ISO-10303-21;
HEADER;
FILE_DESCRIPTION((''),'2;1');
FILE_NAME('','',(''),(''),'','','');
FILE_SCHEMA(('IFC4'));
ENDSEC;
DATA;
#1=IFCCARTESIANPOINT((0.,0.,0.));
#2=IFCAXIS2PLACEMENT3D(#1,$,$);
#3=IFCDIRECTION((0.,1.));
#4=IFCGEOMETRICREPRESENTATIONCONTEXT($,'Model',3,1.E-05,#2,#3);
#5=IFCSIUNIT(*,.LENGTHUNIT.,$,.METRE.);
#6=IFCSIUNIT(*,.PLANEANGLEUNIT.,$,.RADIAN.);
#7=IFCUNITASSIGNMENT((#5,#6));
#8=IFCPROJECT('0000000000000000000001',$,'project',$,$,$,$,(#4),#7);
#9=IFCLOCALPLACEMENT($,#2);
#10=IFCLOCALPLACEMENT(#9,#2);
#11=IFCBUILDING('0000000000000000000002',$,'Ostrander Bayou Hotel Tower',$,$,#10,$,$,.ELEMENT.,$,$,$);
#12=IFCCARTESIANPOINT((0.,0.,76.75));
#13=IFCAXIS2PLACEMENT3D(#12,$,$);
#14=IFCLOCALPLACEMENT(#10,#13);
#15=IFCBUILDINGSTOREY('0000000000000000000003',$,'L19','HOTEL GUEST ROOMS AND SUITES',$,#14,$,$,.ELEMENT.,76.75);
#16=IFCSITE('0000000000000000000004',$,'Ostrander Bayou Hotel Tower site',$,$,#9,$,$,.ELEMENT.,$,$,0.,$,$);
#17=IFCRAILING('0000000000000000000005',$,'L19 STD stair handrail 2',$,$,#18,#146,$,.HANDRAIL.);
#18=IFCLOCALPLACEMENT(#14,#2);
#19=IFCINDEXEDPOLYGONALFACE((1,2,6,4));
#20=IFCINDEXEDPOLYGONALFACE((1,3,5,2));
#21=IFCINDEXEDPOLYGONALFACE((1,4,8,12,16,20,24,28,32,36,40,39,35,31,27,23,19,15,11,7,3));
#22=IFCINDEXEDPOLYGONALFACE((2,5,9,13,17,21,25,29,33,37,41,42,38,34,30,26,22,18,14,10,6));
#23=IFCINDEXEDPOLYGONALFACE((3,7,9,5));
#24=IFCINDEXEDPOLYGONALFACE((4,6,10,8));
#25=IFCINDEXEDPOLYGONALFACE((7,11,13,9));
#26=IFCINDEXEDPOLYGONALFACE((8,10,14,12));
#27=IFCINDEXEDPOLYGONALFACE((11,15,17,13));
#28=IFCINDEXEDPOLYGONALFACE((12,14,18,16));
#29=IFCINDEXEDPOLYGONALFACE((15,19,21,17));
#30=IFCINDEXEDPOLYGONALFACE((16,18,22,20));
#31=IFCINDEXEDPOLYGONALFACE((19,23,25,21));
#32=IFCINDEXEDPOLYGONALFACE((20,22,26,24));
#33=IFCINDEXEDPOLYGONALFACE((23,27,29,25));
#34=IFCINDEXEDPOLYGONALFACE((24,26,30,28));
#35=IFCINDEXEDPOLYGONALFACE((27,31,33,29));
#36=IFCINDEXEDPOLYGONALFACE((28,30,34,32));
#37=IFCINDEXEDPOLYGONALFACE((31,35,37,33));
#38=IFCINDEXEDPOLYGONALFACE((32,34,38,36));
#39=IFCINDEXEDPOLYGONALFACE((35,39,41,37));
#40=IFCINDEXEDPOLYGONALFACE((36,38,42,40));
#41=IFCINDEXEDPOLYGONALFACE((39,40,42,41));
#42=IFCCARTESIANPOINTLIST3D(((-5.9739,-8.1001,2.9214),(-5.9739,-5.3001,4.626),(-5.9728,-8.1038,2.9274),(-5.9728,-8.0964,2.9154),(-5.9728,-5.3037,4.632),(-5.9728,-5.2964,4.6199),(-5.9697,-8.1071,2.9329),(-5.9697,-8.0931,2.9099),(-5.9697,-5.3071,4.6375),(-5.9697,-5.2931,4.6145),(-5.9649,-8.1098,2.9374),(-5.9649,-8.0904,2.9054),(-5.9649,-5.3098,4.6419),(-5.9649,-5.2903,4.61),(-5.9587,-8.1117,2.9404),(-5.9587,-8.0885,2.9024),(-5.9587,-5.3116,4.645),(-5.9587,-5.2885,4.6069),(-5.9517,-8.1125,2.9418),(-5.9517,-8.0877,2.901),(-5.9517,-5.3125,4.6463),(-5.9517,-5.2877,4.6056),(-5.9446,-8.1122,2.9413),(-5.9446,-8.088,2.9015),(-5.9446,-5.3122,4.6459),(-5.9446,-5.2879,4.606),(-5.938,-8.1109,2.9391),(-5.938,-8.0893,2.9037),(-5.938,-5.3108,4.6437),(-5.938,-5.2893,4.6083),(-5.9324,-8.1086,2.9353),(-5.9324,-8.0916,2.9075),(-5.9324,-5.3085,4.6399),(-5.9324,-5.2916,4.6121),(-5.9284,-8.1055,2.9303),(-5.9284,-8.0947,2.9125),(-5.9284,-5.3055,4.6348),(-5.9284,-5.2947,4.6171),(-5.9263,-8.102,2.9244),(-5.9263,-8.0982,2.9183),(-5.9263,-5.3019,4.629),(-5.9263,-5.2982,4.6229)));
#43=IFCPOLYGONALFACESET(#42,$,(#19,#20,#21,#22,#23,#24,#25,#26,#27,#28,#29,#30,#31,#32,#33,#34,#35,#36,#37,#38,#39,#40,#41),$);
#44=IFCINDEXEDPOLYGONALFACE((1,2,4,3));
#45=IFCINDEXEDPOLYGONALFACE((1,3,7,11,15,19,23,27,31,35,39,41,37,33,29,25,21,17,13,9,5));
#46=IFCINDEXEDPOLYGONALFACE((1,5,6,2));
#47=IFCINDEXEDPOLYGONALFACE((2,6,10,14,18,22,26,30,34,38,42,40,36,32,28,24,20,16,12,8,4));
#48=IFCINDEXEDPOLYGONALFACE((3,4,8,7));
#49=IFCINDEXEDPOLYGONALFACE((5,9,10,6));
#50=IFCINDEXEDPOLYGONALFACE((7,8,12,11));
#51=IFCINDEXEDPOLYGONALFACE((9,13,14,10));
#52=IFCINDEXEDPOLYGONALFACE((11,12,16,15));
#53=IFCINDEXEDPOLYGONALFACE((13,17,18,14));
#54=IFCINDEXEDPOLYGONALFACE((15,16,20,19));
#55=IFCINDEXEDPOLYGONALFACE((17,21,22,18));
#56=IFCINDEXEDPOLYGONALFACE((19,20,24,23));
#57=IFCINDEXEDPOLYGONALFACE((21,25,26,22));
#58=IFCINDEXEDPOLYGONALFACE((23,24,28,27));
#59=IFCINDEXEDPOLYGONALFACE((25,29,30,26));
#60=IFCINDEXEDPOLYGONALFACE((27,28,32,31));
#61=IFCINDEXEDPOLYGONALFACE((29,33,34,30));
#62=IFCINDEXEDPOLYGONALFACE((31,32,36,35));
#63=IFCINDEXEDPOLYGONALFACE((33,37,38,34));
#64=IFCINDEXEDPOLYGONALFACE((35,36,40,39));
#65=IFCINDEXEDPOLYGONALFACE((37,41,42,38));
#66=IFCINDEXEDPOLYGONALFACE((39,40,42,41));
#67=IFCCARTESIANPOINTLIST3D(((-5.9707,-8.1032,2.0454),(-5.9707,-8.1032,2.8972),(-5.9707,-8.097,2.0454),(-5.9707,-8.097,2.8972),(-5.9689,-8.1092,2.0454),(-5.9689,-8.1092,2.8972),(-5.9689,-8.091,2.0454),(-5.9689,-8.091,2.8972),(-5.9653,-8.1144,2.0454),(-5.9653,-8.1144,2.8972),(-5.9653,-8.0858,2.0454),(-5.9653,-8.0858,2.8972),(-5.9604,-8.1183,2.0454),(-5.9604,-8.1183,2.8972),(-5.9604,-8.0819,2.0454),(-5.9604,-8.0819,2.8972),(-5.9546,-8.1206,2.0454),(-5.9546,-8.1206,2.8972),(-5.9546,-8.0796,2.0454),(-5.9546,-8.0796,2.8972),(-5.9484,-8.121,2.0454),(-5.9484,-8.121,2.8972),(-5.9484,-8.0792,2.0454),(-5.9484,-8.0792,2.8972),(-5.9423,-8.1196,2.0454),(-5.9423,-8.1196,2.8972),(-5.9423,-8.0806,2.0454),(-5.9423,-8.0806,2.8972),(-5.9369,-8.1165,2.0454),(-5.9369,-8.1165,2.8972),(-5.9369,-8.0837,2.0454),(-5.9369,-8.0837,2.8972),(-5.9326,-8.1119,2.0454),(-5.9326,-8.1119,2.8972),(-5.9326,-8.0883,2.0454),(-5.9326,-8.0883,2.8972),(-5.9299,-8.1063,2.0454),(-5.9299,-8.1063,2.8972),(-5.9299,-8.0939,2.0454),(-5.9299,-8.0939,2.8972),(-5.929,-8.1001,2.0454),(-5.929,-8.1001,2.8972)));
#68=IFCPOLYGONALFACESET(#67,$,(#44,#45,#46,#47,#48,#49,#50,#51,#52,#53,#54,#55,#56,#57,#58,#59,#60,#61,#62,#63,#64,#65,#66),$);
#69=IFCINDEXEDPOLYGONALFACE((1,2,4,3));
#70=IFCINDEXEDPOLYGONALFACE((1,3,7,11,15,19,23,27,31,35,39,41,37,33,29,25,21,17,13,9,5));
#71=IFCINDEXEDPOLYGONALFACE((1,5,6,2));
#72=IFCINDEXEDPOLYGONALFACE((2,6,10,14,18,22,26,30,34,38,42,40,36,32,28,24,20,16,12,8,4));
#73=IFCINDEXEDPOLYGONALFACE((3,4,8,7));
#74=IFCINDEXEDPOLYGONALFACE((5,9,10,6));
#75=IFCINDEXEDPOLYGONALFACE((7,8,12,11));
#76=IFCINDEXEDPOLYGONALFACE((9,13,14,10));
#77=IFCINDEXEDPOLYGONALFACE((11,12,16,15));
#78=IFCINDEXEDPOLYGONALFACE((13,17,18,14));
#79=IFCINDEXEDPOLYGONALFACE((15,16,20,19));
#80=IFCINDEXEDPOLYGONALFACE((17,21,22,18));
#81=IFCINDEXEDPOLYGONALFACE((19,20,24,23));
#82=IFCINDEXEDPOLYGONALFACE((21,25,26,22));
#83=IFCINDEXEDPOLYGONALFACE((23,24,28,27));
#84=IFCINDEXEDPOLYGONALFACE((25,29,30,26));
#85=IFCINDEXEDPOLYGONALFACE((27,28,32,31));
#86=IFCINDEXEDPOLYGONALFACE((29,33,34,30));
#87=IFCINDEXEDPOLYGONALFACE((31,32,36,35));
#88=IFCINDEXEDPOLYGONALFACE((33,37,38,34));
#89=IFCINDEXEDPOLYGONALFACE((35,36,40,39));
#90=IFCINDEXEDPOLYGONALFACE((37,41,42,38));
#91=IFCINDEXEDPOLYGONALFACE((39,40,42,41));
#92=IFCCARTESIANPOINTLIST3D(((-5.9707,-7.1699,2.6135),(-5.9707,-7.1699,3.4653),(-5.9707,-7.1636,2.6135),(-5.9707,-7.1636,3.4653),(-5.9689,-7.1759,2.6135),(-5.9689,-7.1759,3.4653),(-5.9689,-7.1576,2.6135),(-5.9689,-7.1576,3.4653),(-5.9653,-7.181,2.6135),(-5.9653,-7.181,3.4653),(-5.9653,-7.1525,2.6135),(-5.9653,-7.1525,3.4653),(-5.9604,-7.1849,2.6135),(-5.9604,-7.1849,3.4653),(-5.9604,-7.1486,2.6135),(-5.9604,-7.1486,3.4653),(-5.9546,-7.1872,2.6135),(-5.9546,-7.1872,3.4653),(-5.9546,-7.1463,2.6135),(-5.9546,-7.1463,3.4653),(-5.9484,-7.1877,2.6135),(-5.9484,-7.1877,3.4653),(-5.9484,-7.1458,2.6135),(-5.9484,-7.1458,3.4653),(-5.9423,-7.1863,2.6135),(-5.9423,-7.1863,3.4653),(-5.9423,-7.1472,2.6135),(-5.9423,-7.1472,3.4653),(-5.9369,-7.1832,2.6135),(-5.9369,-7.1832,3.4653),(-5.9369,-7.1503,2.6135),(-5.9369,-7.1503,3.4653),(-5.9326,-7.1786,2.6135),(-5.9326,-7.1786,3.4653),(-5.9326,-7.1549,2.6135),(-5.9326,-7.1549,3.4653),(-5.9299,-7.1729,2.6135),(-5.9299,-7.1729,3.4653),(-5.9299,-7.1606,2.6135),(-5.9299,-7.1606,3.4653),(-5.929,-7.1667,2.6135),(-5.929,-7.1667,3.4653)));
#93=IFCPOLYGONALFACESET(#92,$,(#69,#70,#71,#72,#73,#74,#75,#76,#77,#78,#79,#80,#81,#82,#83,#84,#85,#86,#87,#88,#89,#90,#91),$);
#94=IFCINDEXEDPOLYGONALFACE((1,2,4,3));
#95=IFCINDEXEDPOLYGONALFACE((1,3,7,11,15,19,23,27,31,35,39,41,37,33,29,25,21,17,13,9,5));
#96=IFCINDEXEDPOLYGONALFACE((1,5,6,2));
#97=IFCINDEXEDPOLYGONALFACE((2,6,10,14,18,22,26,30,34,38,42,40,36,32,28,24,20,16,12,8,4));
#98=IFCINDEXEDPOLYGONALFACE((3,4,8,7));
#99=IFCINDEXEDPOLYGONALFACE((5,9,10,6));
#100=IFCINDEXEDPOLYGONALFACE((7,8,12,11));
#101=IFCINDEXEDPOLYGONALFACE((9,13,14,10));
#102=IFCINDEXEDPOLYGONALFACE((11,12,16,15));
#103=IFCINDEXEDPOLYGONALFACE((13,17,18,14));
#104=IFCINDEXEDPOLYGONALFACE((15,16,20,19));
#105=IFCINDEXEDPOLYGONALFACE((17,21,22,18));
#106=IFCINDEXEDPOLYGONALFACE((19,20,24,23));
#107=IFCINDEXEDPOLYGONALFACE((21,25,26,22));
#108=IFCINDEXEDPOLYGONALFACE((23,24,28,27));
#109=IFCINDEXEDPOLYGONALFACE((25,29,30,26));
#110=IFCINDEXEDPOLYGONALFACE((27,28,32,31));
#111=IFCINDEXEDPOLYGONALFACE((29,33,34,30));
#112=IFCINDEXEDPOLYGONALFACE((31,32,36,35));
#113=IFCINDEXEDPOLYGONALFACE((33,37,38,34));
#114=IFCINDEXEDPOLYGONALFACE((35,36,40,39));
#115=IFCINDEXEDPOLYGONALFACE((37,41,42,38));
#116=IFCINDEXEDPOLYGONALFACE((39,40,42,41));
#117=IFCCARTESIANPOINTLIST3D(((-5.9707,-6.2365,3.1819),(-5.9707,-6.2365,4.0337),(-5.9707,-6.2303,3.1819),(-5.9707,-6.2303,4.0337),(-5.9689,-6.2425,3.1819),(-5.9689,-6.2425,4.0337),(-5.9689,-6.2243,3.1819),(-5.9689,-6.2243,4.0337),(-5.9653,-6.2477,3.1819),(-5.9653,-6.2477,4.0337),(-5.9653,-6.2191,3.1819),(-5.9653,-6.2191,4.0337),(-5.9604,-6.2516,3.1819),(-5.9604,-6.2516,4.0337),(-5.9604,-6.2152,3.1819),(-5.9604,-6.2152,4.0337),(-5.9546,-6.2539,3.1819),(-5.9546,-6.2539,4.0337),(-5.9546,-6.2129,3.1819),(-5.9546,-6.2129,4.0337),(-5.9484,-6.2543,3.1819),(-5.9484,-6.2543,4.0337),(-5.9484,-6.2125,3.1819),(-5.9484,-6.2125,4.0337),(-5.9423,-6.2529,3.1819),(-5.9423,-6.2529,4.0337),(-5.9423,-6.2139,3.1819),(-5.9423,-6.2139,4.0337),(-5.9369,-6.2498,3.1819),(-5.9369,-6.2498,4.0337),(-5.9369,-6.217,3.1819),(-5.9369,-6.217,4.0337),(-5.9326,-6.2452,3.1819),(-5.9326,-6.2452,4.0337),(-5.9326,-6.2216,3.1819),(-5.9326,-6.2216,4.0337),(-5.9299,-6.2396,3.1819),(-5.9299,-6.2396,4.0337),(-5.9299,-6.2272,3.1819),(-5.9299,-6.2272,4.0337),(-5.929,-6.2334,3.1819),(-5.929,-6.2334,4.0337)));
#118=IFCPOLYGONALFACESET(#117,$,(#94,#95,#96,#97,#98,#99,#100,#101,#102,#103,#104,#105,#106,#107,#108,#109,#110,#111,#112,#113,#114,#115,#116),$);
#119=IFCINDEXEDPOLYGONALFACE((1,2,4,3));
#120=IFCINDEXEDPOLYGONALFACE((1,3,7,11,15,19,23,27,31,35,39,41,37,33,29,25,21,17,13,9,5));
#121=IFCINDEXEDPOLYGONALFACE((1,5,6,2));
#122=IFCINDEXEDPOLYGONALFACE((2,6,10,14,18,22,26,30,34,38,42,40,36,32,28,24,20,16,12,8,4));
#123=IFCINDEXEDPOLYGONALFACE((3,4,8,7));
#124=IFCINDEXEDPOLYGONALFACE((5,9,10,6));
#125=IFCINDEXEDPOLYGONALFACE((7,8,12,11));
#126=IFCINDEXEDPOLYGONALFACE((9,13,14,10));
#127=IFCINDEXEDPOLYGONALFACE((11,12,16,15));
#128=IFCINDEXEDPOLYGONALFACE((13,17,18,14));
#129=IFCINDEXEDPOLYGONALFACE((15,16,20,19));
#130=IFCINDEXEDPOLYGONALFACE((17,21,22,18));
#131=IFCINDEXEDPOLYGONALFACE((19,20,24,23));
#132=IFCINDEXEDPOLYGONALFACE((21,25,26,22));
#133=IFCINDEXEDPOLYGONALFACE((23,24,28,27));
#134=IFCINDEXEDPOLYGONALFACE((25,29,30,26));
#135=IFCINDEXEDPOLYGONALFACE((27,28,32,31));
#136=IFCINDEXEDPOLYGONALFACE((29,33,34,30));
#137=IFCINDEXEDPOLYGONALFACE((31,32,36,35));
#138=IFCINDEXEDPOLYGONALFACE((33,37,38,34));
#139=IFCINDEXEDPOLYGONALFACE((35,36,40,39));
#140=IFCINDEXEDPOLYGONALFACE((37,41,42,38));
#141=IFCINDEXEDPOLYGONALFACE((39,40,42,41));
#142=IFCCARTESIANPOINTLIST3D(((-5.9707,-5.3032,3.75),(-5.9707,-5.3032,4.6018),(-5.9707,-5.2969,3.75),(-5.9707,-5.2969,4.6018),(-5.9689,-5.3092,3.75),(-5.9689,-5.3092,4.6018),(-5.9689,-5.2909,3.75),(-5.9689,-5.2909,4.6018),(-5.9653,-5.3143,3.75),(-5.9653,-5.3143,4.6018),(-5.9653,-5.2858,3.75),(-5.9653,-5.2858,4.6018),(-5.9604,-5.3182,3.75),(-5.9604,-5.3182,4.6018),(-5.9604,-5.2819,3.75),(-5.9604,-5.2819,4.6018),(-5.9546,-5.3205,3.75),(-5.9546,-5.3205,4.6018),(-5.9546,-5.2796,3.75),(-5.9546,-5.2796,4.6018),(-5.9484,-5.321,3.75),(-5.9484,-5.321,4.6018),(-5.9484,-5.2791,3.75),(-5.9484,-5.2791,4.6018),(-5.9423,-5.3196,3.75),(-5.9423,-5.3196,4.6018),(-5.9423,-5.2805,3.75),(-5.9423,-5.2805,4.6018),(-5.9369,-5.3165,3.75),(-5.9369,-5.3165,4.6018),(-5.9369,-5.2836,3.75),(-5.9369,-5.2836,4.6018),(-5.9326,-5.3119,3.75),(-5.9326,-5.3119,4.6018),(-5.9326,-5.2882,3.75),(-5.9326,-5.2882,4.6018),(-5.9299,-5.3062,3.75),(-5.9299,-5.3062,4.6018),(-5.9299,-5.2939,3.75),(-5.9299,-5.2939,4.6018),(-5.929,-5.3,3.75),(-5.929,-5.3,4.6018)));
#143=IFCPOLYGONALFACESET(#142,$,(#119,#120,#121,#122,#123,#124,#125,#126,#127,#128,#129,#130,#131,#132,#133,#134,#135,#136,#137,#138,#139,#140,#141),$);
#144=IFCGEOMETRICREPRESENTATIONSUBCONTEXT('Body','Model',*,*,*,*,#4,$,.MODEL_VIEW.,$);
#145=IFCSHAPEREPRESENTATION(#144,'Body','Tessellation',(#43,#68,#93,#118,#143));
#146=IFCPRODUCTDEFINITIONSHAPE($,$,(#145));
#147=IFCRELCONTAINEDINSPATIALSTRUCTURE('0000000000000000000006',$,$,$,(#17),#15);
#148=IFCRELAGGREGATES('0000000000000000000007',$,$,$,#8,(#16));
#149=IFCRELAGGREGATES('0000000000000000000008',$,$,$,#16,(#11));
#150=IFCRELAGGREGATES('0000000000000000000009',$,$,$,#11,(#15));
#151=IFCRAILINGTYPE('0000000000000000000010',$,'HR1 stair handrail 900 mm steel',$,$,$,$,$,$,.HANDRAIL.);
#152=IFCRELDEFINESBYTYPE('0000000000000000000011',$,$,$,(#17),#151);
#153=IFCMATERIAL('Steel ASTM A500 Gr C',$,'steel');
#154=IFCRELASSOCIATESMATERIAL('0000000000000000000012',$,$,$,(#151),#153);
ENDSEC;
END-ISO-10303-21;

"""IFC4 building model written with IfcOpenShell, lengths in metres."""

from ifc_helpers import new_model, si_unit, direction, frame, origin, origin_2d, place, context, subcontext, project, spatial, circle, extrude, material, type_object, element, save


model = new_model("IFC4")

# Units and contexts
model_context = context("Model", 3, precision=1e-05, world=origin(), true_north=direction((0.0, 1.0)))
body_context = subcontext(model_context, "Body", "Model", "MODEL_VIEW")
ifc_project = project(units=[si_unit("LENGTHUNIT", "METRE"), si_unit("PLANEANGLEUNIT", "RADIAN")], contexts=[model_context])

# Site, building, storey
site_placement = place(None, origin())
site = spatial("IfcSite", under=ifc_project, at=site_placement, Name="Ostrander Bayou Hotel Tower site", CompositionType="ELEMENT", RefElevation=0.0)
building_placement = place(site_placement, origin())
building = spatial("IfcBuilding", under=site, at=building_placement, Name="Ostrander Bayou Hotel Tower", CompositionType="ELEMENT")
storey_placement = place(building_placement, frame((0.0, 0.0, 76.75)))
storey = spatial("IfcBuildingStorey", under=building, at=storey_placement, Name="L19", Description="HOTEL GUEST ROOMS AND SUITES", CompositionType="ELEMENT", Elevation=76.75)

# Railing
ifc_material_1 = material(Name="Steel ASTM A500 Gr C", Category="steel")
railing_type_1 = type_object("IfcRailingType", Name="HR1 stair handrail 900 mm steel", PredefinedType="HANDRAIL", material=ifc_material_1)
railing_1_placement = place(storey_placement, frame((-5.95, -8.1001, 2.0454)))
element("IfcRailing", 1, at=railing_1_placement, inside=storey, type_object=railing_type_1, Name="L19 STD stair handrail 2", PredefinedType="HANDRAIL", context=body_context, shape_type="SweptSolid", body=[
    extrude(circle(Radius=0.0239, at=origin_2d()), frame((0.0, 0.0, 0.876), z_axis=(0.0, 0.85417, 0.519994), x_axis=(-1.0, 0.0, 0.0)), (0.0, 0.0, 1.0), 3.2781),
    extrude(circle(Radius=0.021, at=origin_2d()), origin(), (0.0, 0.0, 1.0), 0.8518),
    extrude(circle(Radius=0.021, at=origin_2d()), frame((0.0, 0.9333, 0.5681)), (0.0, 0.0, 1.0), 0.8518),
    extrude(circle(Radius=0.021, at=origin_2d()), frame((0.0, 1.8667, 1.1365)), (0.0, 0.0, 1.0), 0.8518),
    extrude(circle(Radius=0.021, at=origin_2d()), frame((0.0, 2.8, 1.7046)), (0.0, 0.0, 1.0), 0.8518),
])

save(model, "model.ifc")
